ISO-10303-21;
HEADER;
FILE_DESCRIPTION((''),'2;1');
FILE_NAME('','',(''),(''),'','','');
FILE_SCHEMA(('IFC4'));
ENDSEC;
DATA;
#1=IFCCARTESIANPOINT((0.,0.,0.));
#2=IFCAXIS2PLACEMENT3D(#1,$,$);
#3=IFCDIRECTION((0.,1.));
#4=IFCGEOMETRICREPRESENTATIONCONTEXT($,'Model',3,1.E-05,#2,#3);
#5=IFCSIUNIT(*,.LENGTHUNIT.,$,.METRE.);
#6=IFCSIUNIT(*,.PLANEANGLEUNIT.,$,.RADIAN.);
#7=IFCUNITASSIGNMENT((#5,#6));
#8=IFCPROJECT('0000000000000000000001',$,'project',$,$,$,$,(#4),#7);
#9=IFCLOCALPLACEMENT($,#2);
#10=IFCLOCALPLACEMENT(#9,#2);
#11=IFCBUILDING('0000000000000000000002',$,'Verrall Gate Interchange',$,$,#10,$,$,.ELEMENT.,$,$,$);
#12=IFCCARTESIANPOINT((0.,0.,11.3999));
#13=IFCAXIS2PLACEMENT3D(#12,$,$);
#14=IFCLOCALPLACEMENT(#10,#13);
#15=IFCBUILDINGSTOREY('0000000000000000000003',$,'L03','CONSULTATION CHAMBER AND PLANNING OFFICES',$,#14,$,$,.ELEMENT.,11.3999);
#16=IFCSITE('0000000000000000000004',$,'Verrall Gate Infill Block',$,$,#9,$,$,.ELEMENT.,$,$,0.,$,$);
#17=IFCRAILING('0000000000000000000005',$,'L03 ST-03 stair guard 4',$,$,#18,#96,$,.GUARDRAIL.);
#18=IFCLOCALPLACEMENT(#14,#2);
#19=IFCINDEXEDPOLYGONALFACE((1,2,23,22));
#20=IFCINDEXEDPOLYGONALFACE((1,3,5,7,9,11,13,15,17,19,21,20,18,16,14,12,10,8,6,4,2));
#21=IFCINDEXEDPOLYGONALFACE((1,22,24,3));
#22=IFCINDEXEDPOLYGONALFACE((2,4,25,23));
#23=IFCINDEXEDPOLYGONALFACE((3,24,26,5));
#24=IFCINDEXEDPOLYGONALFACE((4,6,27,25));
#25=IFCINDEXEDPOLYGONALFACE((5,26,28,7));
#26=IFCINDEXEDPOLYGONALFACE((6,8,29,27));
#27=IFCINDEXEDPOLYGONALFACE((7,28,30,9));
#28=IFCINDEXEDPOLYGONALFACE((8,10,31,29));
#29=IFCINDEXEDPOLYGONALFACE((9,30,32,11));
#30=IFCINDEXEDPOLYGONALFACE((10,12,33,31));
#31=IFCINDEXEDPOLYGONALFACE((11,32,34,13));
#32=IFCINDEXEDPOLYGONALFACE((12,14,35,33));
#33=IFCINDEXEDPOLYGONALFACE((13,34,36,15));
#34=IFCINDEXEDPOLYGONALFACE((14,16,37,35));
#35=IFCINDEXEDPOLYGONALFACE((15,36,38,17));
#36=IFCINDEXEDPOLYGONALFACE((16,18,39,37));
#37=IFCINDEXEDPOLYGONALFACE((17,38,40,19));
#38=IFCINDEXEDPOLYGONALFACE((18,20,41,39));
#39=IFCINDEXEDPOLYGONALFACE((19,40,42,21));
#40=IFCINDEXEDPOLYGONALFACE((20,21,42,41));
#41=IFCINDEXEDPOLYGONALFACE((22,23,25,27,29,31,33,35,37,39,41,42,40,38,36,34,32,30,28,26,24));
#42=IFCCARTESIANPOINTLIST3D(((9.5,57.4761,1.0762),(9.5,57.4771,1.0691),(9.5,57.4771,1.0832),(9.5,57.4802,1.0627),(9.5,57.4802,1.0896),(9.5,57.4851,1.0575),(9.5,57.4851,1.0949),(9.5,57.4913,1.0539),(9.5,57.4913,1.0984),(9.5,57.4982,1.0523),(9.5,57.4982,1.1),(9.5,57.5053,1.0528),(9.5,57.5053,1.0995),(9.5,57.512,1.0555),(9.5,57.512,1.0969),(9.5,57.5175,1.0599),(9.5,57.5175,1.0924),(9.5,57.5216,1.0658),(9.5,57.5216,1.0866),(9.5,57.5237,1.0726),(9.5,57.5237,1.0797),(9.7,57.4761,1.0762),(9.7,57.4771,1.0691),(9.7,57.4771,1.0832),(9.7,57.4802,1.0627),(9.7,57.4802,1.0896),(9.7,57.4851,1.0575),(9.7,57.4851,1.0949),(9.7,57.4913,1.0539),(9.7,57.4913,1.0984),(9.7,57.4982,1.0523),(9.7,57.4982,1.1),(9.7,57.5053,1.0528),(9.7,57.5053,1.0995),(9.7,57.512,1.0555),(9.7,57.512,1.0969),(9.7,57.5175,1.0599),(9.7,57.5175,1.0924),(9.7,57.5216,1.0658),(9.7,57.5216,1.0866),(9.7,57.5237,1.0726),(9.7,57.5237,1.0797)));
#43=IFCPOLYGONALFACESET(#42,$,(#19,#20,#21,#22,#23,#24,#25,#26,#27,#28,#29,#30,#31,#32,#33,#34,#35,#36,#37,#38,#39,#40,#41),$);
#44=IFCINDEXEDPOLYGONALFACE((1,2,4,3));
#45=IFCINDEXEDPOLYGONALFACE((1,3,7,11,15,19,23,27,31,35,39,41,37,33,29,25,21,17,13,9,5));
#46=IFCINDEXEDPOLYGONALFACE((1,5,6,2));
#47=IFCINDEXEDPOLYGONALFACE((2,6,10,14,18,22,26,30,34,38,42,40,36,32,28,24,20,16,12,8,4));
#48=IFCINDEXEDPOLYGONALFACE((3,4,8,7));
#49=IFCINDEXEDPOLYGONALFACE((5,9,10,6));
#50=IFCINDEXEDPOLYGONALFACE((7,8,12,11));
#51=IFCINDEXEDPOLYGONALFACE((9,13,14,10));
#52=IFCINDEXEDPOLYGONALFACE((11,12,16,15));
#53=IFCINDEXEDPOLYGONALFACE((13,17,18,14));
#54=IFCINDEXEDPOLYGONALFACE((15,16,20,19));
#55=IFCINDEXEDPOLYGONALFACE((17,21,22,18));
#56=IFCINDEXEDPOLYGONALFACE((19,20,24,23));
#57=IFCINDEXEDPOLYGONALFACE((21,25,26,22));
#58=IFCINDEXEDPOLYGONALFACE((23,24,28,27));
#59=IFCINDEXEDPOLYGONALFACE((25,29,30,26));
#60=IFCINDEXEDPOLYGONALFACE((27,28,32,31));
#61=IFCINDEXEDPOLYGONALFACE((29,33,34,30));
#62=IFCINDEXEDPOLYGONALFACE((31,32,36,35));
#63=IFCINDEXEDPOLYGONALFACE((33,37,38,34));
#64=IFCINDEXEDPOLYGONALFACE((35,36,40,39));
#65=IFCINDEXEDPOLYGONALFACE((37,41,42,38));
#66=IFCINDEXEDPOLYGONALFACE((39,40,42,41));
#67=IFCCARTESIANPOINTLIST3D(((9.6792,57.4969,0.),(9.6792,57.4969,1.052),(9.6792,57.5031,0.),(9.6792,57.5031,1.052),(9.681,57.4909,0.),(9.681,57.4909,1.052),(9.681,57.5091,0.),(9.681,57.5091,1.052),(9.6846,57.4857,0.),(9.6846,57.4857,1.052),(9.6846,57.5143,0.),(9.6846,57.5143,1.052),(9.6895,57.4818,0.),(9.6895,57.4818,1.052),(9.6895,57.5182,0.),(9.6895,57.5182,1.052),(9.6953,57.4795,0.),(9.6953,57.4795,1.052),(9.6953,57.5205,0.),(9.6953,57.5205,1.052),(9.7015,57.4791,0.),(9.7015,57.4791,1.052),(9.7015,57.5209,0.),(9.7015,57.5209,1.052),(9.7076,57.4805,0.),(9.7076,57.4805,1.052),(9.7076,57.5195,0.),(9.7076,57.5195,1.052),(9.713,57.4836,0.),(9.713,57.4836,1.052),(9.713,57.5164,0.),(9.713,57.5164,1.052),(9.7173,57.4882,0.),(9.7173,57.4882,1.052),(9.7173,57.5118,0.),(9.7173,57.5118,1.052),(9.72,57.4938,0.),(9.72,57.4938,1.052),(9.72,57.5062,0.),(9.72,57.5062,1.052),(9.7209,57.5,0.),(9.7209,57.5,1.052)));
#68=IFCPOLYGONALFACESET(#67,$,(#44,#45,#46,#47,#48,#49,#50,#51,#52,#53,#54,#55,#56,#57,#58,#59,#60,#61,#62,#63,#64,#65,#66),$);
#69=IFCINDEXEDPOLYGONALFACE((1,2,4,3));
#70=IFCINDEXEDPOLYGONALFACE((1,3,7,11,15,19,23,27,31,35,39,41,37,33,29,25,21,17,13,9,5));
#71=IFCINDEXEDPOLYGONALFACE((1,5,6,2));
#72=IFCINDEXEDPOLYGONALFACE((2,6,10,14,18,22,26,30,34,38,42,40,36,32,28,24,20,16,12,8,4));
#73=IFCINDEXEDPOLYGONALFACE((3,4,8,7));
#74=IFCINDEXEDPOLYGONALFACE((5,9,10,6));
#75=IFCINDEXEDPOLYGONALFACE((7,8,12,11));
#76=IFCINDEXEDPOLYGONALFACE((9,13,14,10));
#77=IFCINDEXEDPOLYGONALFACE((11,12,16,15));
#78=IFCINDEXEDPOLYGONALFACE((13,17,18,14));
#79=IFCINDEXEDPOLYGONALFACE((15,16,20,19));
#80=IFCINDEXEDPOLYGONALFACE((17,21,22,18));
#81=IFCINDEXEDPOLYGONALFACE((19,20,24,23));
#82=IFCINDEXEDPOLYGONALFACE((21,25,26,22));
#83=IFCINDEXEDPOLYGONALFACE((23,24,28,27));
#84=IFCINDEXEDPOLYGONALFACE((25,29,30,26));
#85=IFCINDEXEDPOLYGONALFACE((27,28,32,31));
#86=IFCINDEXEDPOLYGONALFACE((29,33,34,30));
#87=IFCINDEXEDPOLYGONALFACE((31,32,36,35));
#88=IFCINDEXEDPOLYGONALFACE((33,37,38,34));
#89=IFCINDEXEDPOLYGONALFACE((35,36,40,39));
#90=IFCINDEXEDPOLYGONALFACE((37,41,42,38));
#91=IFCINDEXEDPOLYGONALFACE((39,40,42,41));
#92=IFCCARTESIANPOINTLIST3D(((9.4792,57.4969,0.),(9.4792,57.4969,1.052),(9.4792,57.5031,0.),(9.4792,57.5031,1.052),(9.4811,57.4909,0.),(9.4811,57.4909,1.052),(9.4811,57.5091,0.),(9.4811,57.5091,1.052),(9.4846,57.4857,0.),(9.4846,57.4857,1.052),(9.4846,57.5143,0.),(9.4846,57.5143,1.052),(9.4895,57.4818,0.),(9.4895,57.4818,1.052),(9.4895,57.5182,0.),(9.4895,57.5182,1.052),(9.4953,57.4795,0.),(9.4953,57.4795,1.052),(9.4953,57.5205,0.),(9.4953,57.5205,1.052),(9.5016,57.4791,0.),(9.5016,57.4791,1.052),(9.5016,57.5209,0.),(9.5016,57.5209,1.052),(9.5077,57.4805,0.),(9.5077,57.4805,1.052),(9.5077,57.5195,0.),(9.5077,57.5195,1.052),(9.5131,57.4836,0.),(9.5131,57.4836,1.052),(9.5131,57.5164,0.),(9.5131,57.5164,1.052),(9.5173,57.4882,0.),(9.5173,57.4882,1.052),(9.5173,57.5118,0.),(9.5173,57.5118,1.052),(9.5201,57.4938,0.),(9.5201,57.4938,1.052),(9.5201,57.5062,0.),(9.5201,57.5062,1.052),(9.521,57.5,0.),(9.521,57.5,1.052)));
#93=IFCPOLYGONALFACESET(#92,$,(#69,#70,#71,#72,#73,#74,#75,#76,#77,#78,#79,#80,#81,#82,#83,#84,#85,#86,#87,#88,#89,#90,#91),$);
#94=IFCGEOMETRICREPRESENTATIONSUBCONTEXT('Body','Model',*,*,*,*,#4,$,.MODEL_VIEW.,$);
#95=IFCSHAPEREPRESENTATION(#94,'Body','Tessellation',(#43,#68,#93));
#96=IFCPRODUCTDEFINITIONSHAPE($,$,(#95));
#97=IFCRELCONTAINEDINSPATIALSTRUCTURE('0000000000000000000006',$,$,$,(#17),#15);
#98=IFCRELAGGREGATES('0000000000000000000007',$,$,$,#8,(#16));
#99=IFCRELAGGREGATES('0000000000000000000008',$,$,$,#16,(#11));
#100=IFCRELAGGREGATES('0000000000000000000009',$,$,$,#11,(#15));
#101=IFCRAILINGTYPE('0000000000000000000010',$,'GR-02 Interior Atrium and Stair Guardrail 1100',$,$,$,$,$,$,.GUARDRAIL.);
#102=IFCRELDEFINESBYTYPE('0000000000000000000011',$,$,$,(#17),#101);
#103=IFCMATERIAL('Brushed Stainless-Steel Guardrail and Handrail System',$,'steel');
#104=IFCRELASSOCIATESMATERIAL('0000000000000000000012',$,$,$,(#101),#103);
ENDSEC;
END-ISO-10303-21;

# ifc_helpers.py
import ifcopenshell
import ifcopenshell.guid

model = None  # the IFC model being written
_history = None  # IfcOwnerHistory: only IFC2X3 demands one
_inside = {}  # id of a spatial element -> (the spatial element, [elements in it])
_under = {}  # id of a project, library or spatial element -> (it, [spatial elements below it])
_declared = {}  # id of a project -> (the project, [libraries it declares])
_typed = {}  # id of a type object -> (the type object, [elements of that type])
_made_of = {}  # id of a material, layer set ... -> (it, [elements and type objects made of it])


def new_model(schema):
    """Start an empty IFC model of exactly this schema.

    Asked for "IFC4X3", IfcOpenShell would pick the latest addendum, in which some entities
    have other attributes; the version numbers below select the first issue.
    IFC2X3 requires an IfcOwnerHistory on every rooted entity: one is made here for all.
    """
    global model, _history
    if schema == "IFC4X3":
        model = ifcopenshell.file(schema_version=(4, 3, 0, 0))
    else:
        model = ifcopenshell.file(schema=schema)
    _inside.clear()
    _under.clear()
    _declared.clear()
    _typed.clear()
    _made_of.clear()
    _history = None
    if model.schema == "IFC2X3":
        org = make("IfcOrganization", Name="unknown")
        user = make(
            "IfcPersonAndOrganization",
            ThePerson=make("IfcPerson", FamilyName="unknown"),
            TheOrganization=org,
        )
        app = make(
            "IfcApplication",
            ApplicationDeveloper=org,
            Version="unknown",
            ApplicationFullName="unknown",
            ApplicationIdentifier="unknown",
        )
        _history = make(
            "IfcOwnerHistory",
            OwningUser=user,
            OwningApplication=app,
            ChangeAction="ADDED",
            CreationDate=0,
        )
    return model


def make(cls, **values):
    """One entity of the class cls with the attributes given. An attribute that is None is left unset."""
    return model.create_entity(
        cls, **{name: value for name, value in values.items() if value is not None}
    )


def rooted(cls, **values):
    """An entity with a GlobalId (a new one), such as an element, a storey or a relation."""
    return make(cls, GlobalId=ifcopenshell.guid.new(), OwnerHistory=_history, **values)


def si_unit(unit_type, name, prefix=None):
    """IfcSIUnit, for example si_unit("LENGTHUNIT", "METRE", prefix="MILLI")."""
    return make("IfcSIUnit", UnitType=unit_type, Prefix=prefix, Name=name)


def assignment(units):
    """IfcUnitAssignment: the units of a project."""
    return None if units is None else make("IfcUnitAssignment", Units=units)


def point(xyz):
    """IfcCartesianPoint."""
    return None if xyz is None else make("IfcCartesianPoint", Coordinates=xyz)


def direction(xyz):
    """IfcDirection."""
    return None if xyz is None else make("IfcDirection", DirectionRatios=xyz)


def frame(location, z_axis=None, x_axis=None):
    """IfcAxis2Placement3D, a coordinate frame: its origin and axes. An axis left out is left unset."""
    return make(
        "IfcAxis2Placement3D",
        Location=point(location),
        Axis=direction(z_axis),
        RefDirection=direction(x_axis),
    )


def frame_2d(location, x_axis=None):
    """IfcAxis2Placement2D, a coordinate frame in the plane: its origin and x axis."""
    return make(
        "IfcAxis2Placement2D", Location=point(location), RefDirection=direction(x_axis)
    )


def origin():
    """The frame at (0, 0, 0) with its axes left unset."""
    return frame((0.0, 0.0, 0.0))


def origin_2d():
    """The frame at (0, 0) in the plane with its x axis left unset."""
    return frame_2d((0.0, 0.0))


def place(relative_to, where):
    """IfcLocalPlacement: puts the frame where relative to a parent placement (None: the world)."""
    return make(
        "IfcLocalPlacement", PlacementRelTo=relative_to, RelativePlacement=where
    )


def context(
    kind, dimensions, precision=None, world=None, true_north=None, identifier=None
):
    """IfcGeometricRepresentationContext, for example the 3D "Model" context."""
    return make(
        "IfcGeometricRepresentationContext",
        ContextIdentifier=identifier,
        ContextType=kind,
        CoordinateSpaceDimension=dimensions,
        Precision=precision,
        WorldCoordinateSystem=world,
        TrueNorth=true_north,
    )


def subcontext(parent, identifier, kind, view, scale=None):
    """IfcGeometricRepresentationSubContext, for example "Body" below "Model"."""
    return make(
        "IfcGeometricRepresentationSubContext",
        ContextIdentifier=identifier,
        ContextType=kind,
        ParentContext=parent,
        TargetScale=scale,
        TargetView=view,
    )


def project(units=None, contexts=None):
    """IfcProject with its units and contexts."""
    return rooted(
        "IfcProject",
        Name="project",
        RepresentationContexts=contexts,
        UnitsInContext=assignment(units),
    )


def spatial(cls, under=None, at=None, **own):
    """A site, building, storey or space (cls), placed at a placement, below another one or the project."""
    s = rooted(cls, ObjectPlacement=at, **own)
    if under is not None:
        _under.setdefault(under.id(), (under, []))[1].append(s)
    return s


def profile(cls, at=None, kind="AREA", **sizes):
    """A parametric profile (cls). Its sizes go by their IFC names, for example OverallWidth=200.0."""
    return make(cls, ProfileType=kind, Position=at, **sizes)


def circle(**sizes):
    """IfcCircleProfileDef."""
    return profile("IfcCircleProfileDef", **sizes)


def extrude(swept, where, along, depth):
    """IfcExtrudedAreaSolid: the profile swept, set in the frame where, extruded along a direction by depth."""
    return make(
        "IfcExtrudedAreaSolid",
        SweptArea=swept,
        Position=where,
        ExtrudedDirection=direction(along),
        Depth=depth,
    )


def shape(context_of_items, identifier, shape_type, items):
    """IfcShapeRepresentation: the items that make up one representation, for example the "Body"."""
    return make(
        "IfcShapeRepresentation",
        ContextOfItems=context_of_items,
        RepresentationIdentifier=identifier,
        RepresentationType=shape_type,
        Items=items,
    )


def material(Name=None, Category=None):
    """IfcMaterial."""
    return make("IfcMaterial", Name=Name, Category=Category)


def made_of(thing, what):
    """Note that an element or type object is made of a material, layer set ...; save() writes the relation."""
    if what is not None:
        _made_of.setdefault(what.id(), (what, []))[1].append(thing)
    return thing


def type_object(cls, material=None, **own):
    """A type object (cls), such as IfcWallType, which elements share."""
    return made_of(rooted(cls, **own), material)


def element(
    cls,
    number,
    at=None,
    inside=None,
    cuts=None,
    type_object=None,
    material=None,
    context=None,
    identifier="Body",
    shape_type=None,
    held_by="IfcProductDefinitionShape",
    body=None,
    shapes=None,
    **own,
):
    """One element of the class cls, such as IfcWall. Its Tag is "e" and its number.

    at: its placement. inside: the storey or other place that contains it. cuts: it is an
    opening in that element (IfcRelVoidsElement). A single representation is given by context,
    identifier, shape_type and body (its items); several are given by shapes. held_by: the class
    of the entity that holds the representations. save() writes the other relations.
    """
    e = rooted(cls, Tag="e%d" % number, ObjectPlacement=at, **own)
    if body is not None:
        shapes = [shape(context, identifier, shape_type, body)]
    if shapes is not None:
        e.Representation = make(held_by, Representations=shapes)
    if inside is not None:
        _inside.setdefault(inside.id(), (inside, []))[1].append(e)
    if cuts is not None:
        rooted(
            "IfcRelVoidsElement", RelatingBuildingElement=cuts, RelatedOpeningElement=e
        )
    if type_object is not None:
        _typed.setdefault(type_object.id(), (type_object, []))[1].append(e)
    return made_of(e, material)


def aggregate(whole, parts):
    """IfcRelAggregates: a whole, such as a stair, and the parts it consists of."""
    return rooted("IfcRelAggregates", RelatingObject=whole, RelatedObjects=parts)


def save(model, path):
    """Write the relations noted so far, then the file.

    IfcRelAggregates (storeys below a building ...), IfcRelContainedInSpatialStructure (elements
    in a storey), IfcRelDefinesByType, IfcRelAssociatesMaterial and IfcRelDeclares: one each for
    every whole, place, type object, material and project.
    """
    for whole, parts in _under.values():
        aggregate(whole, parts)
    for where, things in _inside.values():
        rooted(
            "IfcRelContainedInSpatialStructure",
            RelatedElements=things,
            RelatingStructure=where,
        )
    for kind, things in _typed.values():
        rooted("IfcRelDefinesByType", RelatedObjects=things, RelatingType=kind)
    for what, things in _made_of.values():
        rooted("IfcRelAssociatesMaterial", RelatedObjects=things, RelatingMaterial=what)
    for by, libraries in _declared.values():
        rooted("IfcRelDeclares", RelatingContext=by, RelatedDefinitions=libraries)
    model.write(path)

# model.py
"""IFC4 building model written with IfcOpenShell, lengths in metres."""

from ifc_helpers import new_model, si_unit, direction, frame, origin, origin_2d, place, context, subcontext, project, spatial, circle, extrude, material, type_object, element, save


model = new_model("IFC4")

# Units and contexts
model_context = context("Model", 3, precision=1e-05, world=origin(), true_north=direction((0.0, 1.0)))
body_context = subcontext(model_context, "Body", "Model", "MODEL_VIEW")
ifc_project = project(units=[si_unit("LENGTHUNIT", "METRE"), si_unit("PLANEANGLEUNIT", "RADIAN")], contexts=[model_context])

# Site, building, storey
site_placement = place(None, origin())
site = spatial("IfcSite", under=ifc_project, at=site_placement, Name="Verrall Gate Infill Block", CompositionType="ELEMENT", RefElevation=0.0)
building_placement = place(site_placement, origin())
building = spatial("IfcBuilding", under=site, at=building_placement, Name="Verrall Gate Interchange", CompositionType="ELEMENT")
storey_placement = place(building_placement, frame((0.0, 0.0, 11.3999)))
storey = spatial("IfcBuildingStorey", under=building, at=storey_placement, Name="L03", Description="CONSULTATION CHAMBER AND PLANNING OFFICES", CompositionType="ELEMENT", Elevation=11.3999)

# Railing
ifc_material_1 = material(Name="Brushed Stainless-Steel Guardrail and Handrail System", Category="steel")
railing_type_1 = type_object("IfcRailingType", Name="GR-02 Interior Atrium and Stair Guardrail 1100", PredefinedType="GUARDRAIL", material=ifc_material_1)
railing_1_placement = place(storey_placement, frame((9.7, 57.5, 0.0)))
element("IfcRailing", 1, at=railing_1_placement, inside=storey, type_object=railing_type_1, Name="L03 ST-03 stair guard 4", PredefinedType="GUARDRAIL", context=body_context, shape_type="SweptSolid", body=[
    extrude(circle(Radius=0.0239, at=origin_2d()), frame((0.0, 0.0, 1.0762), z_axis=(-1.0, 0.0, 0.0), x_axis=(0.0, -1.0, 0.0)), (0.0, 0.0, 1.0), 0.2),
    extrude(circle(Radius=0.021, at=origin_2d()), origin(), (0.0, 0.0, 1.0), 1.052),
    extrude(circle(Radius=0.021, at=origin_2d()), frame((-0.2, 0.0, 0.0)), (0.0, 0.0, 1.0), 1.052),
])

save(model, "model.ifc")
